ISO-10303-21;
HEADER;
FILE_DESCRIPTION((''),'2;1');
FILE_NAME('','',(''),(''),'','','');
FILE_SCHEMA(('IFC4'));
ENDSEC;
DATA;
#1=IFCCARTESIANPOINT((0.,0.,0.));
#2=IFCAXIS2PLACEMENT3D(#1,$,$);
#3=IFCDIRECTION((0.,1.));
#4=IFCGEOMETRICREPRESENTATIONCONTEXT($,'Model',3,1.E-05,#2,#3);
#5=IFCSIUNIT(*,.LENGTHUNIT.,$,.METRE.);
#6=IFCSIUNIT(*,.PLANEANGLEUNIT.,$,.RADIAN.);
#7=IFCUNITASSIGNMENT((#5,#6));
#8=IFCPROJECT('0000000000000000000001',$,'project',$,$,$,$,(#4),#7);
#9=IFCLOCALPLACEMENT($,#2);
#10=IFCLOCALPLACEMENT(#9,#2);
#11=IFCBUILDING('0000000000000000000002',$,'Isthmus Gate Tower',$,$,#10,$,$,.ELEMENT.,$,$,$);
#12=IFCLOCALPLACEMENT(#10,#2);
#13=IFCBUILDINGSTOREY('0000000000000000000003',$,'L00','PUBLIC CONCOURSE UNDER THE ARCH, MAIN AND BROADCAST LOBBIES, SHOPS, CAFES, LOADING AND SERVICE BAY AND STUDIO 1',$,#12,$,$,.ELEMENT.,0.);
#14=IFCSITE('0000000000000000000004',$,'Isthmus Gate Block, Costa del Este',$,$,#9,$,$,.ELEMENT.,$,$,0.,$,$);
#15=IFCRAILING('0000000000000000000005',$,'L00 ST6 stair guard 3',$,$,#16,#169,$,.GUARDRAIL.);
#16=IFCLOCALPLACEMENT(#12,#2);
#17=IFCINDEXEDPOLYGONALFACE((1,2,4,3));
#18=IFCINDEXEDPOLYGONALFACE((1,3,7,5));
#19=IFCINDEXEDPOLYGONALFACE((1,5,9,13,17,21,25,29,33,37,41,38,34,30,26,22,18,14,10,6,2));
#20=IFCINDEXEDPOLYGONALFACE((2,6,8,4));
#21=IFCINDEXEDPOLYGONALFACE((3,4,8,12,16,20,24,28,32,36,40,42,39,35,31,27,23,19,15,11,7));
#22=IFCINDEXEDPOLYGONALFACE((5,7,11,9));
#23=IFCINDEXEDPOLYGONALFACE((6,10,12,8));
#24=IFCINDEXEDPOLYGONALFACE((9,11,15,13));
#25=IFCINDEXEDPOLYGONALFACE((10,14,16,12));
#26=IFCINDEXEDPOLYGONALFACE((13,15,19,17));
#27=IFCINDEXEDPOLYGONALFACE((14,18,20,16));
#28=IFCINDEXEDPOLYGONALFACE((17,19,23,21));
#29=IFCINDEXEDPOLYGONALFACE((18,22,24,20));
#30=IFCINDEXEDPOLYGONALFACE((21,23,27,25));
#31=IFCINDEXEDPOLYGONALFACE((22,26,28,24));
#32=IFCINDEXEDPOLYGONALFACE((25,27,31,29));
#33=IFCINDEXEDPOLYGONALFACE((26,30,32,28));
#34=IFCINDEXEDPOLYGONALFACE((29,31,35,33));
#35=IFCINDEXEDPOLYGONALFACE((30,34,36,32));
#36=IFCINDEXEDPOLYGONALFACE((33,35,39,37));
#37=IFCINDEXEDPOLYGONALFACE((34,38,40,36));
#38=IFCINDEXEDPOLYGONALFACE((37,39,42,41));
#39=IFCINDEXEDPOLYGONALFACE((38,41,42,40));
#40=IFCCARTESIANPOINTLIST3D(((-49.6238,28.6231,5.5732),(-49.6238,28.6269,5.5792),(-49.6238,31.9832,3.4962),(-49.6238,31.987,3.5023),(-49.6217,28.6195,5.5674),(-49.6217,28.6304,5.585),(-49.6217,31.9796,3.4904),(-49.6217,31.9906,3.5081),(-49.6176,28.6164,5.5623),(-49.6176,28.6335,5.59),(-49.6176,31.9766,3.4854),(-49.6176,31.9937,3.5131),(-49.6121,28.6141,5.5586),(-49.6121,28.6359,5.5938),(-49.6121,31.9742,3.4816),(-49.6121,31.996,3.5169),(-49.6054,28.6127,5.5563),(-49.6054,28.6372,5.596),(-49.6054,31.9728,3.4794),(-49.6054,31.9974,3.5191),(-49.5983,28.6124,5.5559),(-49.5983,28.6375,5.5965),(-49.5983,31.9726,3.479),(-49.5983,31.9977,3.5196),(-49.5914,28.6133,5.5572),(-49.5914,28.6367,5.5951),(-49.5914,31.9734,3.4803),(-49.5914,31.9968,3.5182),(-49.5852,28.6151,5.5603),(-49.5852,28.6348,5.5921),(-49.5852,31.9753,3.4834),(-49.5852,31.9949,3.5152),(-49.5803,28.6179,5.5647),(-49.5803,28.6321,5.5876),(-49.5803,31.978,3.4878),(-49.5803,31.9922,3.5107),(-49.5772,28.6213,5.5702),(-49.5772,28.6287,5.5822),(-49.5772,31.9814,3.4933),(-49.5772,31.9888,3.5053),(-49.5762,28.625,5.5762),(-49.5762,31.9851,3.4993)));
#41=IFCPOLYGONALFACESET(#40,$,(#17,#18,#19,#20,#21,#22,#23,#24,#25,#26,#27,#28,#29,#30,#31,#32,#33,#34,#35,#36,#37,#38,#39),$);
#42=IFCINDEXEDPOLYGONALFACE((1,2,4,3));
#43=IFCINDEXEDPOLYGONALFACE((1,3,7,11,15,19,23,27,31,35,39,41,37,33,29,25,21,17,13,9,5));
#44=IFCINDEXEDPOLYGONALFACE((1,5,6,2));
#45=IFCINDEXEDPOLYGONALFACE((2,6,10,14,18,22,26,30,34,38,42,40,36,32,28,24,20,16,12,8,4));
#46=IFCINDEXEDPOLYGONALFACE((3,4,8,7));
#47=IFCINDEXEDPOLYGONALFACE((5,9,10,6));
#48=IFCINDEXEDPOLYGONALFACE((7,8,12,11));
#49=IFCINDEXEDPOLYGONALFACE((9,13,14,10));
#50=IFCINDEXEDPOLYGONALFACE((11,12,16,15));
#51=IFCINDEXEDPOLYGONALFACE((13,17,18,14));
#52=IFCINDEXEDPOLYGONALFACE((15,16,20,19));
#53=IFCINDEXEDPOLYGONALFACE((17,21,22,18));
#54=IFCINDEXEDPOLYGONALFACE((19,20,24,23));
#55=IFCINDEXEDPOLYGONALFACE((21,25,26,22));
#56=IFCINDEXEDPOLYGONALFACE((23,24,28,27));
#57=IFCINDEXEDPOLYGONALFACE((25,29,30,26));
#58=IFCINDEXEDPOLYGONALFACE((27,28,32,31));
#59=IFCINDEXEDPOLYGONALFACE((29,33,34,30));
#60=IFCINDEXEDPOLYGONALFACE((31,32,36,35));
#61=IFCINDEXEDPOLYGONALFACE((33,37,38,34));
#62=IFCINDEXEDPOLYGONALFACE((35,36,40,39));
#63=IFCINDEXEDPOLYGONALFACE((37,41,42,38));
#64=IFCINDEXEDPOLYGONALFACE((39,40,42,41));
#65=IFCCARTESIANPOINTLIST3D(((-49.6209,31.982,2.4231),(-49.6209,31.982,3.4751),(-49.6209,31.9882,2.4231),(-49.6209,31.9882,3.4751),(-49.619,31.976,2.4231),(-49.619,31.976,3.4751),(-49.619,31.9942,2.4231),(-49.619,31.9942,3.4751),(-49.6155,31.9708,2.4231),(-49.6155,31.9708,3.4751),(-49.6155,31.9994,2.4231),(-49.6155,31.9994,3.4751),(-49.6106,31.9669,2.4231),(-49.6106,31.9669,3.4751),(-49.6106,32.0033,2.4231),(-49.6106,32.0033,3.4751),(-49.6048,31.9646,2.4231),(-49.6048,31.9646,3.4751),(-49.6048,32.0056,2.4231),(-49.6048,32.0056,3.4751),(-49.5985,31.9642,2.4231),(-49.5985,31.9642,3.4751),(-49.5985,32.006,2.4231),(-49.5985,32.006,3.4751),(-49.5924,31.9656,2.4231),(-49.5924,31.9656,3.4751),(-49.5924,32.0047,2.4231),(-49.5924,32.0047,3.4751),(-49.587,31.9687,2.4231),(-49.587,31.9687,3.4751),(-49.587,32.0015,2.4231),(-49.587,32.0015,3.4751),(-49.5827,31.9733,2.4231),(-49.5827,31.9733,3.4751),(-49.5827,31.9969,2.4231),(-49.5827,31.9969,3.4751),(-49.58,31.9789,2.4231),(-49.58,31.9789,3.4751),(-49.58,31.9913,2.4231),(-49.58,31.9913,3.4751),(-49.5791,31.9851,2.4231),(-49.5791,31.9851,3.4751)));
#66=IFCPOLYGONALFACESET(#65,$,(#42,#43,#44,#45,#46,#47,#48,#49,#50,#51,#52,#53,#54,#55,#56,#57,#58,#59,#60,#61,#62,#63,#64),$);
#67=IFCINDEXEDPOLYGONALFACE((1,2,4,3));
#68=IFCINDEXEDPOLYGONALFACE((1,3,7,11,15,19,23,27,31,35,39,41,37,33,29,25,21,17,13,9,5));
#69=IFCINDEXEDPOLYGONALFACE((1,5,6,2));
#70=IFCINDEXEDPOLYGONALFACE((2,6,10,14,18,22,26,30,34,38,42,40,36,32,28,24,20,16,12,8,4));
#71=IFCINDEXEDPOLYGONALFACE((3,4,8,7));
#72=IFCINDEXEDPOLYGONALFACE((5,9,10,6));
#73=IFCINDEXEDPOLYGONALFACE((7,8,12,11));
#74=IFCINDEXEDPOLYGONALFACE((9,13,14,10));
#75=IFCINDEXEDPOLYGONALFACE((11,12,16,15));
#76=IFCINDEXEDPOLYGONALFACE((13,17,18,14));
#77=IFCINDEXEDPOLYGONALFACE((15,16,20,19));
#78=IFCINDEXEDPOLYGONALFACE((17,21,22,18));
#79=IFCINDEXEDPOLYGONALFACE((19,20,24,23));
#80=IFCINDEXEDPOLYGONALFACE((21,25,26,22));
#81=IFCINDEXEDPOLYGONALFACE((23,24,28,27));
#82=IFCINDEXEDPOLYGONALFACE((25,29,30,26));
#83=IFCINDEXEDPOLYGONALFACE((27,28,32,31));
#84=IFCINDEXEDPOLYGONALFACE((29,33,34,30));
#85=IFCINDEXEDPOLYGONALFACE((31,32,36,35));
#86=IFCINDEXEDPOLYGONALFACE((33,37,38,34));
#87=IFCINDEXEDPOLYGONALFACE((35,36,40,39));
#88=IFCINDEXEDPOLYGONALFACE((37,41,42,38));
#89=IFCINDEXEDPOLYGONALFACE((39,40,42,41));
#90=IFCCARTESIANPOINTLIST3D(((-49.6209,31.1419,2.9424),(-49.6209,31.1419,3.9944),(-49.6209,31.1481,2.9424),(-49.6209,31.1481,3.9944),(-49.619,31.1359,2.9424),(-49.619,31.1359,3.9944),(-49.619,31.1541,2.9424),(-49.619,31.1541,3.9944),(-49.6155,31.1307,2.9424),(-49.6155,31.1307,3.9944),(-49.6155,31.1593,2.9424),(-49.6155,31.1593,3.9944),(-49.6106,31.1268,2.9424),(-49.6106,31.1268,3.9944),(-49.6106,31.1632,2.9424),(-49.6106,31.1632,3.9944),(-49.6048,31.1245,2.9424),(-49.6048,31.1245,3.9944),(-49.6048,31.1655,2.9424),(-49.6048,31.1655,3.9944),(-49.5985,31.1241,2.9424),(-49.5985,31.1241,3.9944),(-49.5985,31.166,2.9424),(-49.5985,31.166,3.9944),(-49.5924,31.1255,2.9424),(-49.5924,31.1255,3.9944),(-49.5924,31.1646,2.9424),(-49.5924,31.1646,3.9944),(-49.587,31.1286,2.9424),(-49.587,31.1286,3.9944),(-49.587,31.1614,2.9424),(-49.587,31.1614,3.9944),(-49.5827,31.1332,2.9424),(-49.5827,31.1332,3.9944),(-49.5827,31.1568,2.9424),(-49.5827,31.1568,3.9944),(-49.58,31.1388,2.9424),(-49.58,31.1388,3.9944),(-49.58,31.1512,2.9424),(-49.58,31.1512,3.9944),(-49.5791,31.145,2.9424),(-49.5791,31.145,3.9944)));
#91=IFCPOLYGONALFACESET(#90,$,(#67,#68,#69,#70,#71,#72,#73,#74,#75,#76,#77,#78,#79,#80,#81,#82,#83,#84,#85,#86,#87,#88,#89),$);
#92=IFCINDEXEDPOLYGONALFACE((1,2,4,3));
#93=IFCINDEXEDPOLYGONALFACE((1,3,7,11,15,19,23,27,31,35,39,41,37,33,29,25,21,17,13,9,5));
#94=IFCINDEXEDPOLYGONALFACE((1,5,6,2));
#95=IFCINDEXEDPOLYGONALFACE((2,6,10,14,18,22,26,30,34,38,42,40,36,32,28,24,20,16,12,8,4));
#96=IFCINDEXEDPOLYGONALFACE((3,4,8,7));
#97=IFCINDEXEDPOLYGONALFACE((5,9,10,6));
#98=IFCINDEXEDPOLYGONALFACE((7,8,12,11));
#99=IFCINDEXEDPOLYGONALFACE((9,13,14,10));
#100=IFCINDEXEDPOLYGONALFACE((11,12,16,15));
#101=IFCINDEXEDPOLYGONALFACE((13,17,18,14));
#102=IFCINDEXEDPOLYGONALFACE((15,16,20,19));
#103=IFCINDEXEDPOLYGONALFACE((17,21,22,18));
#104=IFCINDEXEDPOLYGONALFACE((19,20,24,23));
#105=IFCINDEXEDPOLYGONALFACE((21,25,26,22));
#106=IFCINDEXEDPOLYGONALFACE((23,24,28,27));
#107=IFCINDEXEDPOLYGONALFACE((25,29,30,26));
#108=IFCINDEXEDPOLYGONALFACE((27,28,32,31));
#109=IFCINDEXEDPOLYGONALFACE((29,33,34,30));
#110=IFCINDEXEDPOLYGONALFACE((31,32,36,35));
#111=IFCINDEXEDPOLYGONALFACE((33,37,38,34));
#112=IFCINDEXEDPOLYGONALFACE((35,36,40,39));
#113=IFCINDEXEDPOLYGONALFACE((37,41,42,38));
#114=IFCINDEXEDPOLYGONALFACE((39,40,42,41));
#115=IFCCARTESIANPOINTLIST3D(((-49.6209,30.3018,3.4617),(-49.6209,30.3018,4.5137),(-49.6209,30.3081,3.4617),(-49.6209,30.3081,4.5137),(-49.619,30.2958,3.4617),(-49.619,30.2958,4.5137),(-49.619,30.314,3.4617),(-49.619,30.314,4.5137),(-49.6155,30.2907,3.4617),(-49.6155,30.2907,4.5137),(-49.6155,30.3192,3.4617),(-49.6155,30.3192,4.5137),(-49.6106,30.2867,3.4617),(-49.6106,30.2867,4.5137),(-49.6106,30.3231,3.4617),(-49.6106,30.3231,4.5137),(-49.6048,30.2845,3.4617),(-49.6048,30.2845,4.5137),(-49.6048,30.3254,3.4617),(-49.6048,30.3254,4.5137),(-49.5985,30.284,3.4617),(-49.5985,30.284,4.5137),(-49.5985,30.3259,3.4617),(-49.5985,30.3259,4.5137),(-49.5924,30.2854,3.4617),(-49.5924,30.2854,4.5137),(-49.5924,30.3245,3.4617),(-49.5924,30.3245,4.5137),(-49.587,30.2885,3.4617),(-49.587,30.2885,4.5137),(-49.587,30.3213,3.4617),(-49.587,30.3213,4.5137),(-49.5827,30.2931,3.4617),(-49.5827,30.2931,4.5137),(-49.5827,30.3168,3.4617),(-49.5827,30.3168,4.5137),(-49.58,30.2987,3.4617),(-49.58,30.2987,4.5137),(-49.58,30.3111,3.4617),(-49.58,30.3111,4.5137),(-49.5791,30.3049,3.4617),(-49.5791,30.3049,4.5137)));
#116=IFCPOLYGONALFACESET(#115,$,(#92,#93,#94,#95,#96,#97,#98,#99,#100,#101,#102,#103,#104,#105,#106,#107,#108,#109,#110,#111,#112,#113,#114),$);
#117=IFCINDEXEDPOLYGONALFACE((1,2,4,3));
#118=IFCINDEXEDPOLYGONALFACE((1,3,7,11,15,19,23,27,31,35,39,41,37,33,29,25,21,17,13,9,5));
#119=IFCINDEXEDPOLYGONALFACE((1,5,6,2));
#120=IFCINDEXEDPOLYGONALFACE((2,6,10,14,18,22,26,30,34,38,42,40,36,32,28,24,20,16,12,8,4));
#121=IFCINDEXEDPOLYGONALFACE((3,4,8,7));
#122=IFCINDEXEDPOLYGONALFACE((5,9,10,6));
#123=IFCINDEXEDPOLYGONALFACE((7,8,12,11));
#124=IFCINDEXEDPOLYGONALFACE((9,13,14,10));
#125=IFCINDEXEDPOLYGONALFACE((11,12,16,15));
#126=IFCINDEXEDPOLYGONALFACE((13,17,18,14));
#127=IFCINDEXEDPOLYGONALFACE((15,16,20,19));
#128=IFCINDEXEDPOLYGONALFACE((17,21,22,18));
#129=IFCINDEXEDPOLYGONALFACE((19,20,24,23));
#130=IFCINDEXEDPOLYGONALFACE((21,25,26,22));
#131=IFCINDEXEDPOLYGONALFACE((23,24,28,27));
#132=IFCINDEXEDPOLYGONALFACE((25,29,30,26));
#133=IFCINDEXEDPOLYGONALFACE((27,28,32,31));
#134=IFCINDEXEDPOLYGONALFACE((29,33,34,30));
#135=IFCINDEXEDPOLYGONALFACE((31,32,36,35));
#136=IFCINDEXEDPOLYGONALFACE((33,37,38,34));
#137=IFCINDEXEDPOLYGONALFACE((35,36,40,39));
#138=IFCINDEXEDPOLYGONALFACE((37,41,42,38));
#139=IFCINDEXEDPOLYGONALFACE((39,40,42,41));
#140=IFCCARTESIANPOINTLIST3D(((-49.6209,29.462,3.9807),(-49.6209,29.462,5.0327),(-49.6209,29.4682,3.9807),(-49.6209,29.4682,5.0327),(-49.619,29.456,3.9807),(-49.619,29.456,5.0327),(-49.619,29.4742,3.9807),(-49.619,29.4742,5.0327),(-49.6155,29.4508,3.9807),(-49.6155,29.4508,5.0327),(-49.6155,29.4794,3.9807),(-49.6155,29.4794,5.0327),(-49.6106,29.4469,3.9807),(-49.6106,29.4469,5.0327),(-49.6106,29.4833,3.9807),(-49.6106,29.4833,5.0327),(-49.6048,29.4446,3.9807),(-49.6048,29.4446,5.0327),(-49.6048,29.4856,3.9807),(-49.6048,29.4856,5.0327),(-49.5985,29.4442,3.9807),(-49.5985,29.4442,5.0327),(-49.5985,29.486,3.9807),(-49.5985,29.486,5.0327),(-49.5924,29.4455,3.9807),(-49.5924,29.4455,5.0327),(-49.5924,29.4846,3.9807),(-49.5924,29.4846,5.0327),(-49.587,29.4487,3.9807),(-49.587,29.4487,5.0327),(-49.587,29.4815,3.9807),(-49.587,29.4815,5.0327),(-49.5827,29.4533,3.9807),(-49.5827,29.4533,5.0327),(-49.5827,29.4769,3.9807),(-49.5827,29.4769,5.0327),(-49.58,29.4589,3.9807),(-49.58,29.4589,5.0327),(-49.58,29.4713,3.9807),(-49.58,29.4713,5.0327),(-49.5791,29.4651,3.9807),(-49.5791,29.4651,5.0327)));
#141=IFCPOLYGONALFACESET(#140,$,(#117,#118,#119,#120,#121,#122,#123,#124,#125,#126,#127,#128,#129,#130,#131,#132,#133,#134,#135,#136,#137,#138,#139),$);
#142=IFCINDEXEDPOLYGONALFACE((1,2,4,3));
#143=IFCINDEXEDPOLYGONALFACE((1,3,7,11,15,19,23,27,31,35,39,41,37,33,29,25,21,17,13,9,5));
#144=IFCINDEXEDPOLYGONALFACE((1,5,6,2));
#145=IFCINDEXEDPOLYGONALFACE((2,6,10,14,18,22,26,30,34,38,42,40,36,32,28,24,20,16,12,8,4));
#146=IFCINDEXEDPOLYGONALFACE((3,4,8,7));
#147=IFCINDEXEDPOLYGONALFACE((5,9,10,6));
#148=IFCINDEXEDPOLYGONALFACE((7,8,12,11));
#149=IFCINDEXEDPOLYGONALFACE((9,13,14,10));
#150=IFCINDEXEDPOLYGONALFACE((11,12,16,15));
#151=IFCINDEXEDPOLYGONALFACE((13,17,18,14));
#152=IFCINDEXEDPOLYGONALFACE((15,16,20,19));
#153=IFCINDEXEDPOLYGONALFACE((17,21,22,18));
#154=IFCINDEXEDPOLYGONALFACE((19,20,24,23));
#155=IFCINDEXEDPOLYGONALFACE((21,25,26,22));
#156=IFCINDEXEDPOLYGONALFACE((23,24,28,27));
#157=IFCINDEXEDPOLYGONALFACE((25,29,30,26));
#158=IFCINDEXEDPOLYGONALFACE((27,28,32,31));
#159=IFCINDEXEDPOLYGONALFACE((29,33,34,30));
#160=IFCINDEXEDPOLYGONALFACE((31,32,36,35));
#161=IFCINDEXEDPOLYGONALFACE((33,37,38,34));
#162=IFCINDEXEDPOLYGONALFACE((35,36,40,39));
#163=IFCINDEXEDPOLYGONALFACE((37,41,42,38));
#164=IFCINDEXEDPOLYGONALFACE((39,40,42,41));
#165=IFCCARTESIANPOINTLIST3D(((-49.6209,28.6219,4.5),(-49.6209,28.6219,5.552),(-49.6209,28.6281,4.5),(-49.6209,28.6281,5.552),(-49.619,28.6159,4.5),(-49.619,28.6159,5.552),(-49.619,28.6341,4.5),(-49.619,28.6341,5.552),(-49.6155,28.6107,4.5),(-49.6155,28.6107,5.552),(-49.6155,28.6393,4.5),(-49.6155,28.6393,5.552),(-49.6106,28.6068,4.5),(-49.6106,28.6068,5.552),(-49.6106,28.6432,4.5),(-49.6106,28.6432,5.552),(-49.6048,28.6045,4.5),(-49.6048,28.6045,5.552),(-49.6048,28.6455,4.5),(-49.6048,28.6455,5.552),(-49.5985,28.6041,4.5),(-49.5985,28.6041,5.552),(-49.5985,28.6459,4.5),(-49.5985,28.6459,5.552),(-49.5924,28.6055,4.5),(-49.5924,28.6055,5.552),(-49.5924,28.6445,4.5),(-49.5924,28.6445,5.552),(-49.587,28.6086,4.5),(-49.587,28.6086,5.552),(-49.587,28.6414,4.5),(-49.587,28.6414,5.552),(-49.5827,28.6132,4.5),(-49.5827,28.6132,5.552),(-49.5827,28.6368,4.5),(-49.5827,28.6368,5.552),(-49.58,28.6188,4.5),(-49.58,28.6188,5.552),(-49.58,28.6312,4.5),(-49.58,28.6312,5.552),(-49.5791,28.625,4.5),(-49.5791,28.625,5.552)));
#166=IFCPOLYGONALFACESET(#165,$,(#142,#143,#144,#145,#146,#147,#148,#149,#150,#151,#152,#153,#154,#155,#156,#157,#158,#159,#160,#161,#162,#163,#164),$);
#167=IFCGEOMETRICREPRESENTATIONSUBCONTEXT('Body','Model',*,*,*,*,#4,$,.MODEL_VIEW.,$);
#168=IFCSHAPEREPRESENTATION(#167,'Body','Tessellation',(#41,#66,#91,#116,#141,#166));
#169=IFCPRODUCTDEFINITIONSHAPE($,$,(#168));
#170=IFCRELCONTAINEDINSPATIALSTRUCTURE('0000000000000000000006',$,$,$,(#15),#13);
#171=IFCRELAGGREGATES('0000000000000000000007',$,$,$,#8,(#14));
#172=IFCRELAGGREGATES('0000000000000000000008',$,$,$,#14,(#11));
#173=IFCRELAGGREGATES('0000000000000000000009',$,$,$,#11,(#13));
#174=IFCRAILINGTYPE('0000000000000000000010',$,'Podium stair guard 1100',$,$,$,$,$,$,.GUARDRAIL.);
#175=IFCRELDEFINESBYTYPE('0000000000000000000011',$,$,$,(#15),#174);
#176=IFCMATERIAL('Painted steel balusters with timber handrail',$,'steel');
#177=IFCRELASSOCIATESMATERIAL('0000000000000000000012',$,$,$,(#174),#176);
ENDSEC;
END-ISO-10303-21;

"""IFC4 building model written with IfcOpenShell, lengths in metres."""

from ifc_helpers import new_model, si_unit, direction, frame, origin, origin_2d, place, context, subcontext, project, spatial, circle, extrude, material, type_object, element, save


model = new_model("IFC4")

# Units and contexts
model_context = context("Model", 3, precision=1e-05, world=origin(), true_north=direction((0.0, 1.0)))
body_context = subcontext(model_context, "Body", "Model", "MODEL_VIEW")
ifc_project = project(units=[si_unit("LENGTHUNIT", "METRE"), si_unit("PLANEANGLEUNIT", "RADIAN")], contexts=[model_context])

# Site, building, storey
site_placement = place(None, origin())
site = spatial("IfcSite", under=ifc_project, at=site_placement, Name="Isthmus Gate Block, Costa del Este", CompositionType="ELEMENT", RefElevation=0.0)
building_placement = place(site_placement, origin())
building = spatial("IfcBuilding", under=site, at=building_placement, Name="Isthmus Gate Tower", CompositionType="ELEMENT")
storey_placement = place(building_placement, origin())
storey = spatial("IfcBuildingStorey", under=building, at=storey_placement, Name="L00", Description="PUBLIC CONCOURSE UNDER THE ARCH, MAIN AND BROADCAST LOBBIES, SHOPS, CAFES, LOADING AND SERVICE BAY AND STUDIO 1", CompositionType="ELEMENT", Elevation=0.0)

# Railing
ifc_material_1 = material(Name="Painted steel balusters with timber handrail", Category="steel")
railing_type_1 = type_object("IfcRailingType", Name="Podium stair guard 1100", PredefinedType="GUARDRAIL", material=ifc_material_1)
railing_1_placement = place(storey_placement, frame((-49.6001, 31.9851, 2.4231)))
element("IfcRailing", 1, at=railing_1_placement, inside=storey, type_object=railing_type_1, Name="L00 ST6 stair guard 3", PredefinedType="GUARDRAIL", context=body_context, shape_type="SweptSolid", body=[
    extrude(circle(Radius=0.0239, at=origin_2d()), frame((0.0, 0.0, 1.0762), z_axis=(0.0, -0.850623, 0.525776), x_axis=(1.0, 0.0, 0.0)), (0.0, 0.0, 1.0), 3.9502),
    extrude(circle(Radius=0.021, at=origin_2d()), origin(), (0.0, 0.0, 1.0), 1.052),
    extrude(circle(Radius=0.021, at=origin_2d()), frame((0.0, -0.8401, 0.5193)), (0.0, 0.0, 1.0), 1.052),
    extrude(circle(Radius=0.021, at=origin_2d()), frame((0.0, -1.6802, 1.0386)), (0.0, 0.0, 1.0), 1.052),
    extrude(circle(Radius=0.021, at=origin_2d()), frame((0.0, -2.52, 1.5576)), (0.0, 0.0, 1.0), 1.052),
    extrude(circle(Radius=0.021, at=origin_2d()), frame((0.0, -3.3601, 2.0769)), (0.0, 0.0, 1.0), 1.052),
])

save(model, "model.ifc")
